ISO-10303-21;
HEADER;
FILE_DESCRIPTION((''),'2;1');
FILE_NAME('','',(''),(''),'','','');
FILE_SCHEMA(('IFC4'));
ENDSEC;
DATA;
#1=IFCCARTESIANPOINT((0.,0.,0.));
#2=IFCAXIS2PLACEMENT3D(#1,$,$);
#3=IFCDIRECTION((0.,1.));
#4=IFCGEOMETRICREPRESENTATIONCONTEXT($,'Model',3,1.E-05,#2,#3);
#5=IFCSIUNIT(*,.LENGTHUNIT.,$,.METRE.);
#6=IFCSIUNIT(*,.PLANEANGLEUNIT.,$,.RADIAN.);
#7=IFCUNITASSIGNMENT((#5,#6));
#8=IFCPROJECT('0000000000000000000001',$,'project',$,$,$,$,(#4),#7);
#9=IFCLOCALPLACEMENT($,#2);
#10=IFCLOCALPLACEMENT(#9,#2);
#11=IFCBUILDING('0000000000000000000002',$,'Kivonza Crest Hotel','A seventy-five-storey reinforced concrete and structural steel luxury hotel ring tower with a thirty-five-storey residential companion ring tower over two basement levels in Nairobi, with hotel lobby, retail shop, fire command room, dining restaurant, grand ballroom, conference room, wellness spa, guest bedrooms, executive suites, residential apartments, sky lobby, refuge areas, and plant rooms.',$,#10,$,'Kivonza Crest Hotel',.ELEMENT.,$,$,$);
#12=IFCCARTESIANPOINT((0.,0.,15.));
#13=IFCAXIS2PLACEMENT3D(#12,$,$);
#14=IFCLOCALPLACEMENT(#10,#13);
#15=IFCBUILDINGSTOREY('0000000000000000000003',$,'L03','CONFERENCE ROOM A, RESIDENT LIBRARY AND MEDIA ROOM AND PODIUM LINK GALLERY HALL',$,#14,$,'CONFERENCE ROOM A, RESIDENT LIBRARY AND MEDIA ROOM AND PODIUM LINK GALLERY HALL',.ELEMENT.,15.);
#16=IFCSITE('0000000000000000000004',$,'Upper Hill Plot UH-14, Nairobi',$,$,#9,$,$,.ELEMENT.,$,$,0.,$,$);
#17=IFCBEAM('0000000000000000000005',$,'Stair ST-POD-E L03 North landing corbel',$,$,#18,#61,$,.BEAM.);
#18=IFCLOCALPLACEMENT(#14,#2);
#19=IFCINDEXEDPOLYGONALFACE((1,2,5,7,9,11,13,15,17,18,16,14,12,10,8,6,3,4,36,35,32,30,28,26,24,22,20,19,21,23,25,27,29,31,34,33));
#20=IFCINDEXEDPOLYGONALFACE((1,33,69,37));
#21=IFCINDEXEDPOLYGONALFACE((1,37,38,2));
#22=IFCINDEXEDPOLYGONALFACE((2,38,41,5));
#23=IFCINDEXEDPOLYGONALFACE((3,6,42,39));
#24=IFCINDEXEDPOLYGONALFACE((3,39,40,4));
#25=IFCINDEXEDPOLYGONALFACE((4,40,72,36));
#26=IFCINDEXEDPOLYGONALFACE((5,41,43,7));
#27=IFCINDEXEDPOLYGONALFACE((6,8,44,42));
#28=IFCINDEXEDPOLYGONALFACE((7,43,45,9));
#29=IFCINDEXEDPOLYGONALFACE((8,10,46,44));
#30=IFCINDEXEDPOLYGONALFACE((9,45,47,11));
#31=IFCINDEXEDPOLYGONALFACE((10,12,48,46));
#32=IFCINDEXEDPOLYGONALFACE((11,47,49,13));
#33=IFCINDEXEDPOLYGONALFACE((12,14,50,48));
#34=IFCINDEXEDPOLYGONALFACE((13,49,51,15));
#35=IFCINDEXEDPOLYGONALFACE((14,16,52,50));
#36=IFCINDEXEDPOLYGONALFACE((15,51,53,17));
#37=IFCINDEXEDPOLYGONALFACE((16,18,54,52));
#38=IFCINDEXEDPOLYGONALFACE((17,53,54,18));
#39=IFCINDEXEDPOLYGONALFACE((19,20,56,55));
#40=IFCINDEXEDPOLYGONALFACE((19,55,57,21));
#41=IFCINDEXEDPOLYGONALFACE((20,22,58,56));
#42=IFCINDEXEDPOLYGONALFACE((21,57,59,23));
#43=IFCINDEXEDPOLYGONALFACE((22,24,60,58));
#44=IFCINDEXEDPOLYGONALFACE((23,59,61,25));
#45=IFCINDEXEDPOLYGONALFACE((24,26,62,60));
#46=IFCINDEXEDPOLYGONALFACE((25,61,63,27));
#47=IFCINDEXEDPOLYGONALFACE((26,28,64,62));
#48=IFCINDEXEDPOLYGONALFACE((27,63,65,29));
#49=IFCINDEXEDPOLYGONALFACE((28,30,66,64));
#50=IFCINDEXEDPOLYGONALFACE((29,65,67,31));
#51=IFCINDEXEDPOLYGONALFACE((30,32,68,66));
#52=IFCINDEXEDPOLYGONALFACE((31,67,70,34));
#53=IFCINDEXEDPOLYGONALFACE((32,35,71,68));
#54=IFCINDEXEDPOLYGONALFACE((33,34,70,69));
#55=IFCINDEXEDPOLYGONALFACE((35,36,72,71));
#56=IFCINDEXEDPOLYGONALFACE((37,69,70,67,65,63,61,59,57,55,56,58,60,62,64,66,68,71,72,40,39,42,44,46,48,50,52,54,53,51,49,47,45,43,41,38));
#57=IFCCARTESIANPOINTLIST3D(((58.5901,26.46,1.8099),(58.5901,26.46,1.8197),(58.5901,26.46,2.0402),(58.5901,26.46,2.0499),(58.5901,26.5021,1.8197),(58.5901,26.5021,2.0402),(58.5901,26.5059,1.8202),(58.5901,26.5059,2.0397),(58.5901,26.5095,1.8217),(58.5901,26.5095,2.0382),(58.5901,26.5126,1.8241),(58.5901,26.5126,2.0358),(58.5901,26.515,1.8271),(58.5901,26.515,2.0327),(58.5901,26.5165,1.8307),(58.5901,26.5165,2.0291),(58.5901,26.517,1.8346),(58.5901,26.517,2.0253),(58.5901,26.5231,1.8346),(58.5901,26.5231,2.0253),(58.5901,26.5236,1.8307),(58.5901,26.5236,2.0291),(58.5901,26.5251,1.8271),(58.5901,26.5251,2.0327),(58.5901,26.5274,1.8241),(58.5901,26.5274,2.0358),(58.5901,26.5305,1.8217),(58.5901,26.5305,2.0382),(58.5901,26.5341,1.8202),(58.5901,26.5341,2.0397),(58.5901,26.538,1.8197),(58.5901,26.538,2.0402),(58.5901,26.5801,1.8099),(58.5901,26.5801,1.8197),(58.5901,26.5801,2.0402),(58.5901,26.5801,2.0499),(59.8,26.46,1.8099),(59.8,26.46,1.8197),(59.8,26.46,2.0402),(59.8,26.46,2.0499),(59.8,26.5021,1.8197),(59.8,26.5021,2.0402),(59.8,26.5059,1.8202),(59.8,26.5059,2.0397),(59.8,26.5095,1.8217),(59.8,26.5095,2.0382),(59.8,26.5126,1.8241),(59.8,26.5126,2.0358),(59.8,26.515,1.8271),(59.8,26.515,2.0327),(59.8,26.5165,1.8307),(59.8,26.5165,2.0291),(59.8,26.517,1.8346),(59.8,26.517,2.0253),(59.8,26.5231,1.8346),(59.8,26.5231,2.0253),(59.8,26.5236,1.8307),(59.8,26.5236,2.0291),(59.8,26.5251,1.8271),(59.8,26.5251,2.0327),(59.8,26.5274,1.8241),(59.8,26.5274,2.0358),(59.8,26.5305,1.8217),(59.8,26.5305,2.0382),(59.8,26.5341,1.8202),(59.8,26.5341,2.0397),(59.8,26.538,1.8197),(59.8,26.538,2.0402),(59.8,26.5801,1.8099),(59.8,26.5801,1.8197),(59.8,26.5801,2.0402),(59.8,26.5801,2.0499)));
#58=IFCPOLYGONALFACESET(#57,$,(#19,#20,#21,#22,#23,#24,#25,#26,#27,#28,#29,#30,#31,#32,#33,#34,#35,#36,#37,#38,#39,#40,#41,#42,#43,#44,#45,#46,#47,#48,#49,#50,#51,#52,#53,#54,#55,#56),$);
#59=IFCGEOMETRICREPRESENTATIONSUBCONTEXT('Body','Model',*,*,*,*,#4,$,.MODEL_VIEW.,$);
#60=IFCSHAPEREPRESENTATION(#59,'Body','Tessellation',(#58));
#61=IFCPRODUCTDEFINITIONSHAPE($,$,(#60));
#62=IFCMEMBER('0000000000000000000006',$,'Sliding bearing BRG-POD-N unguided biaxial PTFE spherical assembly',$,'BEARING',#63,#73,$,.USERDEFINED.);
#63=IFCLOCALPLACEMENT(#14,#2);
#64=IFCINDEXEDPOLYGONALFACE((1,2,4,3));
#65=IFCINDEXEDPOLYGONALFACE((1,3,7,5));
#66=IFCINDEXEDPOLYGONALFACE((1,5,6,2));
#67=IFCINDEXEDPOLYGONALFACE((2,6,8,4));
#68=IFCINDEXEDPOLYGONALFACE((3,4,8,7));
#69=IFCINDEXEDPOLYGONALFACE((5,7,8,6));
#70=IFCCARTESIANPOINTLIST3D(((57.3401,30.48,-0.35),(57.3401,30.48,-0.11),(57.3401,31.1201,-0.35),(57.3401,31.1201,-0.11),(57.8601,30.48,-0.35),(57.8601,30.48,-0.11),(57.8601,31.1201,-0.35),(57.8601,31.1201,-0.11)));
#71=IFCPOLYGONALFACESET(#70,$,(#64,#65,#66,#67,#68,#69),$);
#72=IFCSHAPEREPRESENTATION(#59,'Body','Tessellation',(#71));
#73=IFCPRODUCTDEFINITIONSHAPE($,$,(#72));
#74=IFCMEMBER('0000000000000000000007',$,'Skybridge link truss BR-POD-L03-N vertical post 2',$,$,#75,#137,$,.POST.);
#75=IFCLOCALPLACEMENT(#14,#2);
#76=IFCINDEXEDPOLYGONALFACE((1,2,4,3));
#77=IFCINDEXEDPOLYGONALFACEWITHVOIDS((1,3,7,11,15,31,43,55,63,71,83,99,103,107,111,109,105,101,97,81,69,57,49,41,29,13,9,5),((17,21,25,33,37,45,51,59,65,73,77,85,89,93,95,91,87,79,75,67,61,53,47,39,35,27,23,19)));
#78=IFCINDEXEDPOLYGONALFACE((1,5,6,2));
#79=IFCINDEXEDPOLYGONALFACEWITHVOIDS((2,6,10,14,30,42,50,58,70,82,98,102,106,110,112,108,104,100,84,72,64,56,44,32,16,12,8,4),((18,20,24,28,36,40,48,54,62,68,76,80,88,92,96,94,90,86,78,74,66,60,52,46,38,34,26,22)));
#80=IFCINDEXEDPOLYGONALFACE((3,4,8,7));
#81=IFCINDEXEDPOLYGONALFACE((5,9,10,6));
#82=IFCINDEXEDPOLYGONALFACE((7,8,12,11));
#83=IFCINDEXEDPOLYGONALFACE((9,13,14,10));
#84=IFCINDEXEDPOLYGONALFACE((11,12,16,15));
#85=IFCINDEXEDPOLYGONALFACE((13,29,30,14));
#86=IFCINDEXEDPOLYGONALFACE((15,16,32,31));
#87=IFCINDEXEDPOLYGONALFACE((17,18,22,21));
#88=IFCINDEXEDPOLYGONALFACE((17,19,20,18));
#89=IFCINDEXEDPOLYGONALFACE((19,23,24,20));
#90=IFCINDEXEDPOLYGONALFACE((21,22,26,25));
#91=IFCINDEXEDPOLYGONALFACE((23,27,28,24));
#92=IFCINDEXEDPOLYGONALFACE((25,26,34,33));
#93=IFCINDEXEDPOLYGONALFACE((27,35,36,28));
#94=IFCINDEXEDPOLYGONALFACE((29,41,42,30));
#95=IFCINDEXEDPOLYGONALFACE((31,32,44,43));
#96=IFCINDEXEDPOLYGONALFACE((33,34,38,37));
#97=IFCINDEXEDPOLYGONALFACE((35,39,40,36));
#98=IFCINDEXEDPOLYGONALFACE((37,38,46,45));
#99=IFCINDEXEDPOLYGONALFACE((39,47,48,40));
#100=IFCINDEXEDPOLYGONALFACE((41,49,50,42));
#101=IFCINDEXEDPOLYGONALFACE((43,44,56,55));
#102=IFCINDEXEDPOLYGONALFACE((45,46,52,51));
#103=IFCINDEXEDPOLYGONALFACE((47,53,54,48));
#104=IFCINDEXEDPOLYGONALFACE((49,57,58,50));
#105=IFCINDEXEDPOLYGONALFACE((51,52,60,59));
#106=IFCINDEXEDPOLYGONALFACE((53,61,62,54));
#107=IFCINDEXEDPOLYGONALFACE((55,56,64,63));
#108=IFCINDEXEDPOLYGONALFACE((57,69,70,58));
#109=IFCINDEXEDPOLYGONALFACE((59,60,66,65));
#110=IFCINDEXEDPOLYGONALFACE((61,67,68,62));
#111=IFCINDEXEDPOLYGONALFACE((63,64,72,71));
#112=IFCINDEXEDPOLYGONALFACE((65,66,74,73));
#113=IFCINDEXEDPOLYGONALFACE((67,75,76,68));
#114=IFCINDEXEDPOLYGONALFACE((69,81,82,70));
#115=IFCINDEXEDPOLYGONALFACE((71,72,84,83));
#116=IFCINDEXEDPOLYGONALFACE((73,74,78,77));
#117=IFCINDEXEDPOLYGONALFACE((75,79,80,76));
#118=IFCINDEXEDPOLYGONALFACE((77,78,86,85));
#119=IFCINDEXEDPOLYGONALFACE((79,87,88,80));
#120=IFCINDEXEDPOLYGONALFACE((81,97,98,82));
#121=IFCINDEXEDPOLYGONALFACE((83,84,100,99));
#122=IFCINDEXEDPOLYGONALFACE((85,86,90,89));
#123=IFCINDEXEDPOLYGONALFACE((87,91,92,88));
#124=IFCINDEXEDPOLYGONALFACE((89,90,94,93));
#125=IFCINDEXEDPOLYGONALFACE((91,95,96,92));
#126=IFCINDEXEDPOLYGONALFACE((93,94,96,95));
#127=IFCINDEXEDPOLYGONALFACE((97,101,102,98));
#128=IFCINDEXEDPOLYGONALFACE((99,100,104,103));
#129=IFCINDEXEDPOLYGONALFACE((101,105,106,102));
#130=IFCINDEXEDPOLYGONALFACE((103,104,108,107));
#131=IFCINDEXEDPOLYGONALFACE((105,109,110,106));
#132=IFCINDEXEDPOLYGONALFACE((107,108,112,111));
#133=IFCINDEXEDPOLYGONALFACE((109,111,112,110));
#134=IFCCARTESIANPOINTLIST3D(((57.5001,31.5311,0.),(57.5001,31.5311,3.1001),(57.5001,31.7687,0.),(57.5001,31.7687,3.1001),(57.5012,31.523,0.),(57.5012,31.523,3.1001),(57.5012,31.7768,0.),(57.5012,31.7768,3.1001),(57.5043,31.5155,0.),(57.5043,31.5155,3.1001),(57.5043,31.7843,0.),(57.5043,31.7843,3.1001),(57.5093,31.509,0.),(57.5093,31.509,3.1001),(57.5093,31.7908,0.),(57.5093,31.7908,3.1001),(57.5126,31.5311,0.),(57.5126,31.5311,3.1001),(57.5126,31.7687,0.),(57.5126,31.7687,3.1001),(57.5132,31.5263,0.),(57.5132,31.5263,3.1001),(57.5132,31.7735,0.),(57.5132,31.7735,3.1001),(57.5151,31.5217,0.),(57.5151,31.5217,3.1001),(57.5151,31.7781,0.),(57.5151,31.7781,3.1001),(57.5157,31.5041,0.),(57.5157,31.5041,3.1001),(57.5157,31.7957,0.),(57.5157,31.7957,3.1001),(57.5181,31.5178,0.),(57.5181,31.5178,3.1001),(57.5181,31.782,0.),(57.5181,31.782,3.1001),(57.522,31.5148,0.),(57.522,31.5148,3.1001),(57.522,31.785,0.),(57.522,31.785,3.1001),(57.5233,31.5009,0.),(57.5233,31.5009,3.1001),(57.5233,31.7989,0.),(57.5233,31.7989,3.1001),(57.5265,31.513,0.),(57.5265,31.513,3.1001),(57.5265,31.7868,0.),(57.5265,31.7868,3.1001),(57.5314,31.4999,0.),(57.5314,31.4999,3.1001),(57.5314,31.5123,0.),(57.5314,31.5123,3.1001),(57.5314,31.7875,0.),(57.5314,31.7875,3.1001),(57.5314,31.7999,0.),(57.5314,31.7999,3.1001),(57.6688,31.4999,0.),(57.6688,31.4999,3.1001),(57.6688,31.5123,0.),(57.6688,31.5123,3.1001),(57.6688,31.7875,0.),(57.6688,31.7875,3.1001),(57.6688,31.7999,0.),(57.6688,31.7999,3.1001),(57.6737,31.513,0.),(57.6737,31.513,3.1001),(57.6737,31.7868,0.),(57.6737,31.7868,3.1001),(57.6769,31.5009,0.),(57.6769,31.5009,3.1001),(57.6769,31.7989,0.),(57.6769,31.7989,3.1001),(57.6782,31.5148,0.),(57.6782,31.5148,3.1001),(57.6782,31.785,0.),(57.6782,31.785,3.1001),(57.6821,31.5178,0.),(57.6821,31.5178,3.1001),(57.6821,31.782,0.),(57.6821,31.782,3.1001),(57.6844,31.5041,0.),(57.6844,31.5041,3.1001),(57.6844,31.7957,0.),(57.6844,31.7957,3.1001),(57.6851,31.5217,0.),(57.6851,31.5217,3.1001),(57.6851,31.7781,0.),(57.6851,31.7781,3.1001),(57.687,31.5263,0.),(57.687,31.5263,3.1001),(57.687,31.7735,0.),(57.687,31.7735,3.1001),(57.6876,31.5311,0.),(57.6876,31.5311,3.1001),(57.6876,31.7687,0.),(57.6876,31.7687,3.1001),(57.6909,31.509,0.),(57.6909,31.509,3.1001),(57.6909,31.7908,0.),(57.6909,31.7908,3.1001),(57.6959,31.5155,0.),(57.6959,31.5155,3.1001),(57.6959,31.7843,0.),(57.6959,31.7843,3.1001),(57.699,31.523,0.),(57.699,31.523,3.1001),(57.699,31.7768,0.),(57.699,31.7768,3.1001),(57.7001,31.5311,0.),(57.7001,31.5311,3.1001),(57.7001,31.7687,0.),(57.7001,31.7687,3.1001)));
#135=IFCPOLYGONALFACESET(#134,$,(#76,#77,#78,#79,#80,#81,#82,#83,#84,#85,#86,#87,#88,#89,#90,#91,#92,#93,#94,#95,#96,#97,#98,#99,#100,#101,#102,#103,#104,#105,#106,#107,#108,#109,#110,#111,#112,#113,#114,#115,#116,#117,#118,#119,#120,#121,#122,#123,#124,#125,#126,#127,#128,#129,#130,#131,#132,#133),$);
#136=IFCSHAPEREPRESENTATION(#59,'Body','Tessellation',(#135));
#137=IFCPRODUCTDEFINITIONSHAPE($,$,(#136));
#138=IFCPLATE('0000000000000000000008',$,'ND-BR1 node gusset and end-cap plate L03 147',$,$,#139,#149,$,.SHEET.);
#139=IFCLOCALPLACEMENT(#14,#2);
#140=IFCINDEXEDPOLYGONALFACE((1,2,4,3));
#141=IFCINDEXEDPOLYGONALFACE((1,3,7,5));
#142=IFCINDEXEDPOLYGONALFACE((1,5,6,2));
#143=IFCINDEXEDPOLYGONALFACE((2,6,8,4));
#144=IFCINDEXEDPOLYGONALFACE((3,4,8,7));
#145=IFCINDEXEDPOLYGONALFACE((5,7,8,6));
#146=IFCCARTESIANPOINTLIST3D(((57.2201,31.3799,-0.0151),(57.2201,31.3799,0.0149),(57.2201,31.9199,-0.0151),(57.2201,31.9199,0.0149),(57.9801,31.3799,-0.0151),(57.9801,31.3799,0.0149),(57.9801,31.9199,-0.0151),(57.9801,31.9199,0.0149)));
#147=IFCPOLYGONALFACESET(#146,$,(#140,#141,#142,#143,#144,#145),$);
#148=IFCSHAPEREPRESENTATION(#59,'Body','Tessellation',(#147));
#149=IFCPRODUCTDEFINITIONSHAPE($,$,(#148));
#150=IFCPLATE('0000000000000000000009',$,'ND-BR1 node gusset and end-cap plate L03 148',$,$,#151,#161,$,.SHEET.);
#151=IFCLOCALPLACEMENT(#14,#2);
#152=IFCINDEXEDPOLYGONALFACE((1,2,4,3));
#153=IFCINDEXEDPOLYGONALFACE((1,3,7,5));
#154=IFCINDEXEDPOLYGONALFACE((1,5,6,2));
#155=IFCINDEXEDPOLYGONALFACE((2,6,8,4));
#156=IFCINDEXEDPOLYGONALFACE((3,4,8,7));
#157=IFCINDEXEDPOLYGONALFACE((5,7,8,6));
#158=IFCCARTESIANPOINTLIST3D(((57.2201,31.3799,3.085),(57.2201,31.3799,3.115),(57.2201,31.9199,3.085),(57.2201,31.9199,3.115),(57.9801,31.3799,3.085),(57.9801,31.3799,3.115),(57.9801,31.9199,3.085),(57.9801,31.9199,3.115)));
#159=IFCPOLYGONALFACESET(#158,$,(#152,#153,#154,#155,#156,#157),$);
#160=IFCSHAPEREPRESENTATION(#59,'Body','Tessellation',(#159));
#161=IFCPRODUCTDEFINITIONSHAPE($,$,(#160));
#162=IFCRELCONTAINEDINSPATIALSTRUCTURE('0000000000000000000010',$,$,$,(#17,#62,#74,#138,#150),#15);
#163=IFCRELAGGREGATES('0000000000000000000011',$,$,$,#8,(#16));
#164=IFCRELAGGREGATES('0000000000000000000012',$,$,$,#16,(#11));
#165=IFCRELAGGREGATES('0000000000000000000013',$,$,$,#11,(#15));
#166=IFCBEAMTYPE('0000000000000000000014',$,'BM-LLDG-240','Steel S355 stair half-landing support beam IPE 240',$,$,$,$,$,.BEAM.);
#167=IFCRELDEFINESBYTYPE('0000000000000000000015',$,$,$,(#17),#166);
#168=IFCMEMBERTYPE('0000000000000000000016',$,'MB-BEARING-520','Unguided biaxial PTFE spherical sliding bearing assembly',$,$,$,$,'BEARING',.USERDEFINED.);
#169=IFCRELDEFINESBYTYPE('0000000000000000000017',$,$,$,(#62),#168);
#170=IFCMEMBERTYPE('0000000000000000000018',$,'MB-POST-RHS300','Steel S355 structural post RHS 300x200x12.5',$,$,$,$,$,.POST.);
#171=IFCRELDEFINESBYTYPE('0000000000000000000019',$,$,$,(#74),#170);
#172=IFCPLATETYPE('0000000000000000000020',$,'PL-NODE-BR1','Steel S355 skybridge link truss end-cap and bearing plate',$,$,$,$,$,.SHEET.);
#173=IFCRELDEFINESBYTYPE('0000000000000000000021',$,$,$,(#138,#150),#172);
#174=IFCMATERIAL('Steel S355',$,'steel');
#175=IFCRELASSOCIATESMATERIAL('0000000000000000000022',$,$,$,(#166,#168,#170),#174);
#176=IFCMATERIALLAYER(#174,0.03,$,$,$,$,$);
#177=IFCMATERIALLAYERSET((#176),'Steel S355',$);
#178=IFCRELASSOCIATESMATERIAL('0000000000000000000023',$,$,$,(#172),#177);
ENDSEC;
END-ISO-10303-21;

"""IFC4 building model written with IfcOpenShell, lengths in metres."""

from ifc_helpers import new_model, si_unit, direction, frame, origin, origin_2d, place, context, subcontext, project, spatial, rectangle, hollow_rectangle, i_section, extrude, material, layer, layer_set, material_profile, profile_set, type_object, element, save


model = new_model("IFC4")

# Units and contexts
model_context = context("Model", 3, precision=1e-05, world=origin(), true_north=direction((0.0, 1.0)))
body_context = subcontext(model_context, "Body", "Model", "MODEL_VIEW")
ifc_project = project(units=[si_unit("LENGTHUNIT", "METRE"), si_unit("PLANEANGLEUNIT", "RADIAN")], contexts=[model_context])

# Site, building, storey
site_placement = place(None, origin())
site = spatial("IfcSite", under=ifc_project, at=site_placement, Name="Upper Hill Plot UH-14, Nairobi", CompositionType="ELEMENT", RefElevation=0.0)
building_placement = place(site_placement, origin())
building = spatial("IfcBuilding", under=site, at=building_placement, Name="Kivonza Crest Hotel", Description="A seventy-five-storey reinforced concrete and structural steel luxury hotel ring tower with a thirty-five-storey residential companion ring tower over two basement levels in Nairobi, with hotel lobby, retail shop, fire command room, dining restaurant, grand ballroom, conference room, wellness spa, guest bedrooms, executive suites, residential apartments, sky lobby, refuge areas, and plant rooms.", LongName="Kivonza Crest Hotel", CompositionType="ELEMENT")
storey_placement = place(building_placement, frame((0.0, 0.0, 15.0)))
storey = spatial("IfcBuildingStorey", under=building, at=storey_placement, Name="L03", Description="CONFERENCE ROOM A, RESIDENT LIBRARY AND MEDIA ROOM AND PODIUM LINK GALLERY HALL", LongName="CONFERENCE ROOM A, RESIDENT LIBRARY AND MEDIA ROOM AND PODIUM LINK GALLERY HALL", CompositionType="ELEMENT", Elevation=15.0)

# Beam
ifc_material_1 = material(Name="Steel S355", Category="steel")
ifc_material_profile_1 = material_profile(ifc_material_1, i_section(OverallWidth=0.1201, OverallDepth=0.24, WebThickness=0.0061, FlangeThickness=0.0098, FilletRadius=0.0149, at=origin_2d()), Name="IPE 240")
ifc_profile_set_1 = profile_set([ifc_material_profile_1], Name="Steel S355")
beam_type_1 = type_object("IfcBeamType", Name="BM-LLDG-240", Description="Steel S355 stair half-landing support beam IPE 240", PredefinedType="BEAM", material=ifc_profile_set_1)
for number, where, z_axis, x_axis, name in (
    (1, (58.5901, 26.52, 1.9299), (1.0, 0.0, 0.0), (0.0, 1.0, 0.0), "Stair ST-POD-E L03 North landing corbel"),
):
    element("IfcBeam", number, at=place(storey_placement, frame(where, z_axis=z_axis, x_axis=x_axis)), inside=storey, type_object=beam_type_1, Name=name, PredefinedType="BEAM", context=body_context, shape_type="SweptSolid", body=[
        extrude(i_section(OverallWidth=0.1201, OverallDepth=0.24, WebThickness=0.0061, FlangeThickness=0.0098, FilletRadius=0.0149, at=origin_2d()), origin(), (0.0, 0.0, 1.0), 1.21),
    ])

# Members
ifc_material_profile_2 = material_profile(ifc_material_1, rectangle(XDim=0.52, YDim=0.24, at=origin_2d()), Name="BEARING 520x240")
ifc_profile_set_2 = profile_set([ifc_material_profile_2], Name="Steel S355")
member_type_1 = type_object("IfcMemberType", Name="MB-BEARING-520", Description="Unguided biaxial PTFE spherical sliding bearing assembly", ElementType="BEARING", PredefinedType="USERDEFINED", material=ifc_profile_set_2)
member_1_placement = place(storey_placement, frame((57.6001, 30.48, -0.23), z_axis=(0.0, 1.0, 0.0), x_axis=(-1.0, 0.0, 0.0)))
element("IfcMember", 2, at=member_1_placement, inside=storey, type_object=member_type_1, Name="Sliding bearing BRG-POD-N unguided biaxial PTFE spherical assembly", ObjectType="BEARING", PredefinedType="USERDEFINED", context=body_context, shape_type="SweptSolid", body=[
    extrude(rectangle(XDim=0.52, YDim=0.24, at=origin_2d()), origin(), (0.0, 0.0, 1.0), 0.6401),
])
ifc_material_profile_3 = material_profile(ifc_material_1, hollow_rectangle(XDim=0.2, YDim=0.3, WallThickness=0.0125, InnerFilletRadius=0.0188, OuterFilletRadius=0.0312, at=origin_2d()), Name="RHS 300x200x12.5")
ifc_profile_set_3 = profile_set([ifc_material_profile_3], Name="Steel S355")
member_type_2 = type_object("IfcMemberType", Name="MB-POST-RHS300", Description="Steel S355 structural post RHS 300x200x12.5", PredefinedType="POST", material=ifc_profile_set_3)
member_2_placement = place(storey_placement, frame((57.6001, 31.6499, 0.0), z_axis=(0.0, 0.0, 1.0), x_axis=(1.0, 0.0, 0.0)))
element("IfcMember", 3, at=member_2_placement, inside=storey, type_object=member_type_2, Name="Skybridge link truss BR-POD-L03-N vertical post 2", PredefinedType="POST", context=body_context, shape_type="SweptSolid", body=[
    extrude(hollow_rectangle(XDim=0.2, YDim=0.3, WallThickness=0.0125, InnerFilletRadius=0.0188, OuterFilletRadius=0.0312, at=origin_2d()), origin(), (0.0, 0.0, 1.0), 3.1001),
])

# Plates
ifc_layer_1 = layer(ifc_material_1, 0.03)
ifc_layer_set_1 = layer_set([ifc_layer_1], Name="Steel S355")
plate_type = type_object("IfcPlateType", Name="PL-NODE-BR1", Description="Steel S355 skybridge link truss end-cap and bearing plate", PredefinedType="SHEET", material=ifc_layer_set_1)
for number, where, z_axis, x_axis, name in (
    (4, (57.6001, 31.6499, -0.0151), (0.0, 0.0, 1.0), (1.0, 0.0, 0.0), "ND-BR1 node gusset and end-cap plate L03 147"),
    (5, (57.6001, 31.6499, 3.085), (0.0, 0.0, 1.0), (1.0, 0.0, 0.0), "ND-BR1 node gusset and end-cap plate L03 148"),
):
    element("IfcPlate", number, at=place(storey_placement, frame(where, z_axis=z_axis, x_axis=x_axis)), inside=storey, type_object=plate_type, Name=name, PredefinedType="SHEET", context=body_context, shape_type="SweptSolid", body=[
        extrude(rectangle(XDim=0.76, YDim=0.54, at=origin_2d()), origin(), (0.0, 0.0, 1.0), 0.03),
    ])

save(model, "model.ifc")
